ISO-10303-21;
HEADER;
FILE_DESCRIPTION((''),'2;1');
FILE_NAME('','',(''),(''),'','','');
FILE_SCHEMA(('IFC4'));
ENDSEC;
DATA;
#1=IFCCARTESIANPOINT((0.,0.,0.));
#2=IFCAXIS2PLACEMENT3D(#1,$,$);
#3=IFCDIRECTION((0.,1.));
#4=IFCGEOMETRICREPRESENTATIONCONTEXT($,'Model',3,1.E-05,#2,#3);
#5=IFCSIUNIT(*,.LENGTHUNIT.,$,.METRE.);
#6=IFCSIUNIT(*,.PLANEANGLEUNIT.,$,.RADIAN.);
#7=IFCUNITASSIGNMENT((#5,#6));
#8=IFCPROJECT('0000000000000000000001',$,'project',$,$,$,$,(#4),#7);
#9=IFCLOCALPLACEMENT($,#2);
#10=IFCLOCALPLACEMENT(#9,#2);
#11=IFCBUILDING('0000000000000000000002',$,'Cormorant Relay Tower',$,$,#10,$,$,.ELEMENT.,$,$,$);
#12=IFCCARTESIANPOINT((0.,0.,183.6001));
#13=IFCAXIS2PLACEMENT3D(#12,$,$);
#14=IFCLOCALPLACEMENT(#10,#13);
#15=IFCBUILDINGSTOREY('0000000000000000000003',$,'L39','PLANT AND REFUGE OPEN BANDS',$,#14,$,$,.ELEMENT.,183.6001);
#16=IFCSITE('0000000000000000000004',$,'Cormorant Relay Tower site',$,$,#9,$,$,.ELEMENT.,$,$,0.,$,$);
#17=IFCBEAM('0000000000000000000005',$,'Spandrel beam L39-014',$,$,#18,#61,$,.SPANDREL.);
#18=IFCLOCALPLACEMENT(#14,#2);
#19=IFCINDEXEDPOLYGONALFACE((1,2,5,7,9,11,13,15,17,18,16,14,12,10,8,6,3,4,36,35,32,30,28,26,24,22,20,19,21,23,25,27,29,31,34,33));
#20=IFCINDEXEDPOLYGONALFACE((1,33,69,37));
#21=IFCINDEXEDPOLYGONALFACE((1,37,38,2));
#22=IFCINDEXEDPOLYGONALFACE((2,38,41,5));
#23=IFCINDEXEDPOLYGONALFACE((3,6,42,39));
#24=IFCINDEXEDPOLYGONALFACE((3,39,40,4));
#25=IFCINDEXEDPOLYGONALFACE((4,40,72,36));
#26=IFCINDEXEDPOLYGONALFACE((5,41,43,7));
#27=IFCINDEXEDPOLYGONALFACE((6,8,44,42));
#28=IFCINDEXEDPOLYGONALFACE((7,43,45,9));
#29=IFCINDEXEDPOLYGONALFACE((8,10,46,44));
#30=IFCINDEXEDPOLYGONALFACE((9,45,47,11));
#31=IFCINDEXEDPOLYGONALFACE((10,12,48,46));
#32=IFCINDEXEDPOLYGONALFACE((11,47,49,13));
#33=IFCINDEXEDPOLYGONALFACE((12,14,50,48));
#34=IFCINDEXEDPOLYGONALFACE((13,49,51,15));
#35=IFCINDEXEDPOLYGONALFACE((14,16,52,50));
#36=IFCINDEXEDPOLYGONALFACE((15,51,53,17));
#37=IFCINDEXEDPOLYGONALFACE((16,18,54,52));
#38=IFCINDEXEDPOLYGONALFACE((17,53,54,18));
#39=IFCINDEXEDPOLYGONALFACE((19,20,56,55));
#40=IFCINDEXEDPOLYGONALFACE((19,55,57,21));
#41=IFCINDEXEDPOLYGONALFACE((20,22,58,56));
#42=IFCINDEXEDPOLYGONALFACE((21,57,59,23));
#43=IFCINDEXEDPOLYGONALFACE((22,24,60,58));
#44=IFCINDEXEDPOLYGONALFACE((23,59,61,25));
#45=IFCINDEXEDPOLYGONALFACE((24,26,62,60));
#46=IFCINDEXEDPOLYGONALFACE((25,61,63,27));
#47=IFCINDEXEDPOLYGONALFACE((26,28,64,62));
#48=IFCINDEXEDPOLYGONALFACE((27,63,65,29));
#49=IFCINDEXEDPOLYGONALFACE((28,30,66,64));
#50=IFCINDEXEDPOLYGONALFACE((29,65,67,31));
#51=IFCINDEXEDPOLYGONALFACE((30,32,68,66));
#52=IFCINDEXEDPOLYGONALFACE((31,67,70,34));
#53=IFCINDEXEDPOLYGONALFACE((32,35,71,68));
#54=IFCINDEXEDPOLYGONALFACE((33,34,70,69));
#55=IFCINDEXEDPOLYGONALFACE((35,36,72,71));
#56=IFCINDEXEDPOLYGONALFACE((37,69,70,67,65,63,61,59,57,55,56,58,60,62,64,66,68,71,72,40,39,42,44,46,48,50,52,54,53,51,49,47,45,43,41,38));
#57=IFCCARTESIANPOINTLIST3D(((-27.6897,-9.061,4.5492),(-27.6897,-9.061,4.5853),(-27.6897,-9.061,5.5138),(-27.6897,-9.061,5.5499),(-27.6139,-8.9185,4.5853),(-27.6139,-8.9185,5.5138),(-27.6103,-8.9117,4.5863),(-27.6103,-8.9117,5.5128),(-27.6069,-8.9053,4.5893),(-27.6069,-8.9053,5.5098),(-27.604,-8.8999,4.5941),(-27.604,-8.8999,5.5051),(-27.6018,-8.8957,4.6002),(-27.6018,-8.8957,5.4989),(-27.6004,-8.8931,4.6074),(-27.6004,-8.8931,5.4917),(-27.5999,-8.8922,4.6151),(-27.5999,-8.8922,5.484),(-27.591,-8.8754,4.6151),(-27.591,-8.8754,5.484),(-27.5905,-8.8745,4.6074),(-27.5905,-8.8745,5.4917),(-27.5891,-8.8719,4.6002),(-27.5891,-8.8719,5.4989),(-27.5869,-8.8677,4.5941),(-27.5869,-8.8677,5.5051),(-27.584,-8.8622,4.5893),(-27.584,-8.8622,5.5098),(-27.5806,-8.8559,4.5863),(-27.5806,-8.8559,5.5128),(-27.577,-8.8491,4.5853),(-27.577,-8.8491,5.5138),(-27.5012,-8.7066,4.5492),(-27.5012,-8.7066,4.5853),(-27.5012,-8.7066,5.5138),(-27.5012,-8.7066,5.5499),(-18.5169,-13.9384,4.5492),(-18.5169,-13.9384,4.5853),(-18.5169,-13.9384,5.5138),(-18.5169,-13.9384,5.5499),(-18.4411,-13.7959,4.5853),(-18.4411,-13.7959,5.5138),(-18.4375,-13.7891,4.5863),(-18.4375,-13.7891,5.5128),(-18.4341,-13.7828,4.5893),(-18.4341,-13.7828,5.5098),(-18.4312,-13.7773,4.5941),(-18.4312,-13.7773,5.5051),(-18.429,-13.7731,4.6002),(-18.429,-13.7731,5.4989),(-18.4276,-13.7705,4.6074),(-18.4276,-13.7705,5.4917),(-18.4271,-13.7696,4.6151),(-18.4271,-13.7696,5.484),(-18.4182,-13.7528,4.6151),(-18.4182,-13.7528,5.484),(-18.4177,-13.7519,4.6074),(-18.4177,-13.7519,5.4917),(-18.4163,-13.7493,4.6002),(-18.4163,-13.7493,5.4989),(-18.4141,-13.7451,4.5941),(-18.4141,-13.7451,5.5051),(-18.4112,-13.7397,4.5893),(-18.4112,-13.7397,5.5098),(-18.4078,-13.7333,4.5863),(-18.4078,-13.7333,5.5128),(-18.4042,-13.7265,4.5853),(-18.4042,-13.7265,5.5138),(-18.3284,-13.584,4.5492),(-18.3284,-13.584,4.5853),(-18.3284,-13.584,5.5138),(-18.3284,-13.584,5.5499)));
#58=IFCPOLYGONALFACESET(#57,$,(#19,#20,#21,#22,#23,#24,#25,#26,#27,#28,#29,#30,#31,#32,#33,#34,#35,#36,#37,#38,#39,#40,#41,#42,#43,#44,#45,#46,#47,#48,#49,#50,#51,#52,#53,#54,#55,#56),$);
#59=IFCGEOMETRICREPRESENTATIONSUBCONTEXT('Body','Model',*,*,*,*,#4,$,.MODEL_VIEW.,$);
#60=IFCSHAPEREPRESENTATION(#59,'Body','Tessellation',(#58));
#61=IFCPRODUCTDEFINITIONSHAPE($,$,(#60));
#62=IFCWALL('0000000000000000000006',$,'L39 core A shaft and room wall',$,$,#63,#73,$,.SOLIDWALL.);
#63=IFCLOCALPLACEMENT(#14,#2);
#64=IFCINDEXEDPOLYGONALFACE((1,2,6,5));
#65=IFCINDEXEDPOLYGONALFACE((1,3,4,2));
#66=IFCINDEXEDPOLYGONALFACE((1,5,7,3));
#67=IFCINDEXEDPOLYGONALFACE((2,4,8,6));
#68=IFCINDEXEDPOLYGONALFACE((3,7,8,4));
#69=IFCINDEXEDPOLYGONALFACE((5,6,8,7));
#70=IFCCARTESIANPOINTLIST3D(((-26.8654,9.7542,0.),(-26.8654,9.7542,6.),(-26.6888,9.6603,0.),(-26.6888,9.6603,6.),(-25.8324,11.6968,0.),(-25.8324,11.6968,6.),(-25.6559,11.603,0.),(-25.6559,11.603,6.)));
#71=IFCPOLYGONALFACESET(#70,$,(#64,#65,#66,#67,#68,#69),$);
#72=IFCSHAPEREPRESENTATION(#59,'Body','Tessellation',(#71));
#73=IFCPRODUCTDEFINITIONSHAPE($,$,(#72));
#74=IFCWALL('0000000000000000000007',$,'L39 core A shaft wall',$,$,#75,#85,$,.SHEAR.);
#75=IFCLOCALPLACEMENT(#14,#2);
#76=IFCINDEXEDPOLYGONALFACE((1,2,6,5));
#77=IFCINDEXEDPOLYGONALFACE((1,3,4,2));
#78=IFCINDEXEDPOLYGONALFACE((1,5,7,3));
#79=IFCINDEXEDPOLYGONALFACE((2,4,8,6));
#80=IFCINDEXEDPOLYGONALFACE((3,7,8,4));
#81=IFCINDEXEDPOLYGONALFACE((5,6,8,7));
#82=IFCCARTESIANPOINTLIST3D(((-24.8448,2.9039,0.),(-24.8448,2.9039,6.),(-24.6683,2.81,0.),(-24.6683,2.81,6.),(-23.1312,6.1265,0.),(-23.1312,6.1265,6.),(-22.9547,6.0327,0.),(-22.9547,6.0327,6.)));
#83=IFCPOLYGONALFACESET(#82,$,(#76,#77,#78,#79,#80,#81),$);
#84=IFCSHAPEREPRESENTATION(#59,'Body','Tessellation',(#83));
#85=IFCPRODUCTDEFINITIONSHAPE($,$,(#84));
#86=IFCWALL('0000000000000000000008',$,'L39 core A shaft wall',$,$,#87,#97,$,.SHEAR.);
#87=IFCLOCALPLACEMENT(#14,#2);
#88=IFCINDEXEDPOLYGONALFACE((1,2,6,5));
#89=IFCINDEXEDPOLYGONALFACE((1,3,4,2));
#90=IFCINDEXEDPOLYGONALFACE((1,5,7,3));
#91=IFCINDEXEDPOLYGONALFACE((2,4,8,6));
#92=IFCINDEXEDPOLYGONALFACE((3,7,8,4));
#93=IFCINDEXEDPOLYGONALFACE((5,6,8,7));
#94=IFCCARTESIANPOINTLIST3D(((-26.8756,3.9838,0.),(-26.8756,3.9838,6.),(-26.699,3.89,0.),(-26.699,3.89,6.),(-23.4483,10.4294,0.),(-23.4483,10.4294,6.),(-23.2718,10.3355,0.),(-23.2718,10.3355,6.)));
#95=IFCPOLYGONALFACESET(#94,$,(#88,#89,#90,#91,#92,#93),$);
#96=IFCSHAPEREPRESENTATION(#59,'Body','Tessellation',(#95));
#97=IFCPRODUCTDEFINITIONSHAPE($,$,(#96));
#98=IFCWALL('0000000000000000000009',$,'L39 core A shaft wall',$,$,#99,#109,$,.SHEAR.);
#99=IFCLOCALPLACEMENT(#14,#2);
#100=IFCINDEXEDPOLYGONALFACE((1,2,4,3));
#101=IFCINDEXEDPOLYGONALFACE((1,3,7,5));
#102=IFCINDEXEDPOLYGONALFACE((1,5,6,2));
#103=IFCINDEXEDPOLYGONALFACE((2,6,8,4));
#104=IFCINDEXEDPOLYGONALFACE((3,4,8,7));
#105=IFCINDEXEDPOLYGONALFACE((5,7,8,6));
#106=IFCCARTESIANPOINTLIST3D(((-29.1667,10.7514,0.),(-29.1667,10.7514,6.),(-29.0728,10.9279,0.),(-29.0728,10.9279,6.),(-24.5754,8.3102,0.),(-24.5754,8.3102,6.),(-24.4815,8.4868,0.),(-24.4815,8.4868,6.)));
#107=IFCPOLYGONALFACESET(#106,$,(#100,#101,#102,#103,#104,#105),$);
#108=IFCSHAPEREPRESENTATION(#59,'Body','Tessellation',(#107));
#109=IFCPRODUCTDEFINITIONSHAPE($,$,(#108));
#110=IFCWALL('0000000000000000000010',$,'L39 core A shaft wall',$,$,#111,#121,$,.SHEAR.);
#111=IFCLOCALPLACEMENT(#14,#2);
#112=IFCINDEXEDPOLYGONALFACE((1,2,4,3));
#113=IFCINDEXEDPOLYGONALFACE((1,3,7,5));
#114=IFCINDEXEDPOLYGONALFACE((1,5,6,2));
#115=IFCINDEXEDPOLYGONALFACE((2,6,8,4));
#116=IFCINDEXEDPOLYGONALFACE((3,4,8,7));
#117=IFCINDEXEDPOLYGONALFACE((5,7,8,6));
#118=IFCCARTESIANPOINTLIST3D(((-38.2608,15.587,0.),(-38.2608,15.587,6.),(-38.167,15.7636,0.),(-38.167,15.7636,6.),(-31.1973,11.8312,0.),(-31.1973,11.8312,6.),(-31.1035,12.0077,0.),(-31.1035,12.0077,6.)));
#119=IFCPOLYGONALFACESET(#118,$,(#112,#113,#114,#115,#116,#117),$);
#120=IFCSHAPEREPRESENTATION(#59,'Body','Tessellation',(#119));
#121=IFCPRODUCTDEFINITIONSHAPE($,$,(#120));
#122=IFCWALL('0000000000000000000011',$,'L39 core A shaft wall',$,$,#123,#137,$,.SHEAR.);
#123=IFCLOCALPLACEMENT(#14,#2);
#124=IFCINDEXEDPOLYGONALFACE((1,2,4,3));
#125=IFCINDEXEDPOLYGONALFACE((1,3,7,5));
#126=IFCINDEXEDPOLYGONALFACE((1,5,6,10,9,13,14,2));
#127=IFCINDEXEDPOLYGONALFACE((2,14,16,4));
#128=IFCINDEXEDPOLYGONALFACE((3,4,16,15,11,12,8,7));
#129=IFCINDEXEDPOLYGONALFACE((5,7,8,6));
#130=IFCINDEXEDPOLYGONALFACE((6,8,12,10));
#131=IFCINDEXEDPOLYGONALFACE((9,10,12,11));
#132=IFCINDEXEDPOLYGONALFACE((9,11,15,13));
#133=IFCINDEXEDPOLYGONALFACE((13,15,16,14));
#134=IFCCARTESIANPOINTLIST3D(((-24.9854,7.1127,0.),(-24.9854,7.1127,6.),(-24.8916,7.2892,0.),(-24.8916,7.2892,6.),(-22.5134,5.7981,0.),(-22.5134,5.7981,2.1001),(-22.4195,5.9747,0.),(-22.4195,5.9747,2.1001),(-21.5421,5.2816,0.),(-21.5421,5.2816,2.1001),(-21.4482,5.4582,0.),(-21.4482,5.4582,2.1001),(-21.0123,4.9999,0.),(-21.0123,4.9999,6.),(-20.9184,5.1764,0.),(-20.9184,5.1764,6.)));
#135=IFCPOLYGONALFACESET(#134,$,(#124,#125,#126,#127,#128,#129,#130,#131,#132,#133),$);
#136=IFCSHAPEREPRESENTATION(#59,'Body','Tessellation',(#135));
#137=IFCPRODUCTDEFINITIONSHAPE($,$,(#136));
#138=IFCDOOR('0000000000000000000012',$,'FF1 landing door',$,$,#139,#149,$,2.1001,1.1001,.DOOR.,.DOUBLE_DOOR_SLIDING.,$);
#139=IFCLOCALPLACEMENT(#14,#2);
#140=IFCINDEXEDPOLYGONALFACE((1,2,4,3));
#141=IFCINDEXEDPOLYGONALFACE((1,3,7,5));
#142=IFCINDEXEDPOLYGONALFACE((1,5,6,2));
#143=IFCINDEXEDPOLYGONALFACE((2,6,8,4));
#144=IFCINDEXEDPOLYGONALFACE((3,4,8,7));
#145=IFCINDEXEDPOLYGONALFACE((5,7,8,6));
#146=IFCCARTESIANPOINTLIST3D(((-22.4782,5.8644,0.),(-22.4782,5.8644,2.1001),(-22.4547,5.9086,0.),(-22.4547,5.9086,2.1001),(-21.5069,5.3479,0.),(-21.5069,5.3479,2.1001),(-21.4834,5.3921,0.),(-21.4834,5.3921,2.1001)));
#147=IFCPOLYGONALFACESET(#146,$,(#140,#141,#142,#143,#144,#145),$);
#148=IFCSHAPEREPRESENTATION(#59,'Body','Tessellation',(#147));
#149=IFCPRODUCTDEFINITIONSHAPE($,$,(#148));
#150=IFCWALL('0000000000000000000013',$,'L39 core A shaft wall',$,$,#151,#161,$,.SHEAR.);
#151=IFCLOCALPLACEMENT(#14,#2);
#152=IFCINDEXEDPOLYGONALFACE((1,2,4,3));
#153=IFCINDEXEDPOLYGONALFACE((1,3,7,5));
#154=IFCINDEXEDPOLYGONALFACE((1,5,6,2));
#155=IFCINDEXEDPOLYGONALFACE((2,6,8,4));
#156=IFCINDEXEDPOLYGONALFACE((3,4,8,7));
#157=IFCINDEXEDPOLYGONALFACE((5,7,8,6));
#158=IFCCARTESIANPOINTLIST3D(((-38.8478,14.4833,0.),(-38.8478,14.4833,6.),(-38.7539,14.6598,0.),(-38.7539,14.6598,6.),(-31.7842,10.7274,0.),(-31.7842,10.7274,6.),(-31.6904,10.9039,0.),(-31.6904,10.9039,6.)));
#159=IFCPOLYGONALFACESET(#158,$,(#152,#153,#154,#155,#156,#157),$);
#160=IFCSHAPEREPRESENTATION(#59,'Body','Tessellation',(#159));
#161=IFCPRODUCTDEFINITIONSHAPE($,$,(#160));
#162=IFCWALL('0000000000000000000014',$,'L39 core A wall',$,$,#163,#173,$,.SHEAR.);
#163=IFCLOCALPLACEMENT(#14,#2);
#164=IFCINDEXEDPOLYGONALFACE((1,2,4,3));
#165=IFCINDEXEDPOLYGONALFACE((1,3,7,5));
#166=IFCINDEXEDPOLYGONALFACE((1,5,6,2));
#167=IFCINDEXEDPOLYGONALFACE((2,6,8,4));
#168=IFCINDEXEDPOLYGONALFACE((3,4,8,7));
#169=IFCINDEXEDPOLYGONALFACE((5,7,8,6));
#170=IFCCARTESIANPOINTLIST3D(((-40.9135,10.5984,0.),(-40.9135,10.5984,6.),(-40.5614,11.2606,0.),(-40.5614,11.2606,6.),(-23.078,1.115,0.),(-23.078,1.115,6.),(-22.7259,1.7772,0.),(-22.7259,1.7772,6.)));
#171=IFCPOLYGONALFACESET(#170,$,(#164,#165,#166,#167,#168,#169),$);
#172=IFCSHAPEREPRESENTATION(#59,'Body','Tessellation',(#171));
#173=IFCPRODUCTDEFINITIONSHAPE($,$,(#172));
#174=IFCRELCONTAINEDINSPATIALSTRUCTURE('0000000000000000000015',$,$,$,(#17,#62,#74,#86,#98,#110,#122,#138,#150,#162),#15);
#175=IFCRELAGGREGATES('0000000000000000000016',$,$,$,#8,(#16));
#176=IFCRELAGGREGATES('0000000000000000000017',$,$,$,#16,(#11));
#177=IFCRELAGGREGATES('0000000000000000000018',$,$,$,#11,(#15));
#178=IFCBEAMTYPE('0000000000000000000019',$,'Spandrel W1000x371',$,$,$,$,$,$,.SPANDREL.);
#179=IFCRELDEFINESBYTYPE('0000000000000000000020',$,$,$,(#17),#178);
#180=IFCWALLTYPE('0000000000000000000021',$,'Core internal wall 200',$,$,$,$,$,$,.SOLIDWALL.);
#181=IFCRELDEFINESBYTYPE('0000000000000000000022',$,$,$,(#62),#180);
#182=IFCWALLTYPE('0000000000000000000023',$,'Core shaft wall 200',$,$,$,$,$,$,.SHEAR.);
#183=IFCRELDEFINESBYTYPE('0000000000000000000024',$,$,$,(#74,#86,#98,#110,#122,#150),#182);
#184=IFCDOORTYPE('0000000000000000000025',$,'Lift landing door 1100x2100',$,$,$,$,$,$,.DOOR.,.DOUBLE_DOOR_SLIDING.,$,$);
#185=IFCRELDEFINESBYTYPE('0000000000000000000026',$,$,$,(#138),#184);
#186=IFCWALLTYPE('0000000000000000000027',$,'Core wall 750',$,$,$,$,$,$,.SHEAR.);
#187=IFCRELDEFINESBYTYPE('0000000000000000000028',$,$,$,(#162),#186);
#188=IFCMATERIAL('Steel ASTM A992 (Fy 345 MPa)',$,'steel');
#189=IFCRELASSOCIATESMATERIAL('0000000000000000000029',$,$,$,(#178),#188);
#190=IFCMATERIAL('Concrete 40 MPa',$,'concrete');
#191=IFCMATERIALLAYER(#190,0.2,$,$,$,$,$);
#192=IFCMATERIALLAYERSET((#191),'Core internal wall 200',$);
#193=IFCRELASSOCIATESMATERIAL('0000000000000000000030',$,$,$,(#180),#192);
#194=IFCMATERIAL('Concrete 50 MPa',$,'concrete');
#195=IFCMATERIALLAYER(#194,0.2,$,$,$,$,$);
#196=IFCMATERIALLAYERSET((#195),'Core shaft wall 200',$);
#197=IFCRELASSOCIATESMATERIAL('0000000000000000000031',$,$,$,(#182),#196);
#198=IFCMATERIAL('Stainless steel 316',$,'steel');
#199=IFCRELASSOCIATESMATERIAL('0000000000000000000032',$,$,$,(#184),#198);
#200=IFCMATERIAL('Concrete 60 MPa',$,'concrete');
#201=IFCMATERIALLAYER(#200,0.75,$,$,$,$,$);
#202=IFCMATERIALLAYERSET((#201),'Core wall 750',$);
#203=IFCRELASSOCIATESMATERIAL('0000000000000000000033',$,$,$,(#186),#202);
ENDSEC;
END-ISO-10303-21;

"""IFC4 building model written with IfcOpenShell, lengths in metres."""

from ifc_helpers import new_model, si_unit, direction, frame, frame_2d, origin, origin_2d, place, context, subcontext, project, spatial, rectangle, i_section, extrude, material, layer, layer_set, material_profile, profile_set, type_object, element, fill, save


model = new_model("IFC4")

# Units and contexts
model_context = context("Model", 3, precision=1e-05, world=origin(), true_north=direction((0.0, 1.0)))
body_context = subcontext(model_context, "Body", "Model", "MODEL_VIEW")
ifc_project = project(units=[si_unit("LENGTHUNIT", "METRE"), si_unit("PLANEANGLEUNIT", "RADIAN")], contexts=[model_context])

# Site, building, storey
site_placement = place(None, origin())
site = spatial("IfcSite", under=ifc_project, at=site_placement, Name="Cormorant Relay Tower site", CompositionType="ELEMENT", RefElevation=0.0)
building_placement = place(site_placement, origin())
building = spatial("IfcBuilding", under=site, at=building_placement, Name="Cormorant Relay Tower", CompositionType="ELEMENT")
storey_placement = place(building_placement, frame((0.0, 0.0, 183.6001)))
storey = spatial("IfcBuildingStorey", under=building, at=storey_placement, Name="L39", Description="PLANT AND REFUGE OPEN BANDS", CompositionType="ELEMENT", Elevation=183.6001)

# Beam
ifc_material_1 = material(Name="Steel ASTM A992 (Fy 345 MPa)", Category="steel")
ifc_material_profile_1 = material_profile(ifc_material_1, i_section(OverallWidth=0.4014, OverallDepth=1.0007, WebThickness=0.019, FlangeThickness=0.0361, FilletRadius=0.0298, at=origin_2d()), Name="W1000x371")
ifc_profile_set_1 = profile_set([ifc_material_profile_1], Name="Steel ASTM A992 (Fy 345 MPa)")
beam_type = type_object("IfcBeamType", Name="Spandrel W1000x371", PredefinedType="SPANDREL", material=ifc_profile_set_1)
beam_placement = place(storey_placement, frame((-27.5955, -8.8838, 5.0496), z_axis=(0.882942, -0.469483, 0.0), x_axis=(0.469483, 0.882942, 0.0)))
element("IfcBeam", 1, at=beam_placement, inside=storey, type_object=beam_type, Name="Spandrel beam L39-014", PredefinedType="SPANDREL", context=body_context, shape_type="SweptSolid", body=[
    extrude(i_section(OverallWidth=0.4014, OverallDepth=1.0007, WebThickness=0.019, FlangeThickness=0.0361, FilletRadius=0.0298, at=origin_2d()), origin(), (0.0, 0.0, 1.0), 10.3889),
])

# Walls
ifc_material_2 = material(Name="Concrete 40 MPa", Category="concrete")
ifc_layer_1 = layer(ifc_material_2, 0.2)
ifc_layer_set_1 = layer_set([ifc_layer_1], Name="Core internal wall 200")
wall_type_1 = type_object("IfcWallType", Name="Core internal wall 200", PredefinedType="SOLIDWALL", material=ifc_layer_set_1)
wall_1_placement = place(storey_placement, frame((-25.7441, 11.6499, 0.0), z_axis=(0.0, 0.0, 1.0), x_axis=(-0.469488, -0.882939, 0.0)))
element("IfcWall", 2, at=wall_1_placement, inside=storey, type_object=wall_type_1, Name="L39 core A shaft and room wall", PredefinedType="SOLIDWALL", context=body_context, shape_type="SweptSolid", body=[
    extrude(rectangle(XDim=2.2002, YDim=0.2, at=frame_2d((1.1001, 0.0))), origin(), (0.0, 0.0, 1.0), 6.0),
])
ifc_material_3 = material(Name="Concrete 50 MPa", Category="concrete")
ifc_layer_2 = layer(ifc_material_3, 0.2)
ifc_layer_set_2 = layer_set([ifc_layer_2], Name="Core shaft wall 200")
wall_type_2 = type_object("IfcWallType", Name="Core shaft wall 200", PredefinedType="SHEAR", material=ifc_layer_set_2)
wall_2_placement = place(storey_placement, frame((-23.043, 6.0796, 0.0), z_axis=(0.0, 0.0, 1.0), x_axis=(-0.469494, -0.882936, 0.0)))
element("IfcWall", 3, at=wall_2_placement, inside=storey, type_object=wall_type_2, Name="L39 core A shaft wall", PredefinedType="SHEAR", context=body_context, shape_type="SweptSolid", body=[
    extrude(rectangle(XDim=3.6499, YDim=0.2, at=frame_2d((1.825, 0.0))), origin(), (0.0, 0.0, 1.0), 6.0),
])
wall_3_placement = place(storey_placement, frame((-23.3601, 10.3823, 0.0), z_axis=(0.0, 0.0, 1.0), x_axis=(-0.46948, -0.882943, 0.0)))
element("IfcWall", 4, at=wall_3_placement, inside=storey, type_object=wall_type_2, Name="L39 core A shaft wall", PredefinedType="SHEAR", context=body_context, shape_type="SweptSolid", body=[
    extrude(rectangle(XDim=7.3, YDim=0.2, at=frame_2d((3.6499, 0.0))), origin(), (0.0, 0.0, 1.0), 6.0),
])
wall_4_placement = place(storey_placement, frame((-24.5283, 8.3984, 0.0), z_axis=(0.0, 0.0, 1.0), x_axis=(-0.882954, 0.46946, 0.0)))
element("IfcWall", 5, at=wall_4_placement, inside=storey, type_object=wall_type_2, Name="L39 core A shaft wall", PredefinedType="SHEAR", context=body_context, shape_type="SweptSolid", body=[
    extrude(rectangle(XDim=5.2, YDim=0.2, at=frame_2d((2.6001, 0.0))), origin(), (0.0, 0.0, 1.0), 6.0),
])
wall_5_placement = place(storey_placement, frame((-31.1504, 11.9194, 0.0), z_axis=(0.0, 0.0, 1.0), x_axis=(-0.88294, 0.469485, 0.0)))
element("IfcWall", 6, at=wall_5_placement, inside=storey, type_object=wall_type_2, Name="L39 core A shaft wall", PredefinedType="SHEAR", context=body_context, shape_type="SweptSolid", body=[
    extrude(rectangle(XDim=8.0, YDim=0.2, at=frame_2d((4.0, 0.0))), origin(), (0.0, 0.0, 1.0), 6.0),
])

# Wall, opening, door
wall_6_placement = place(storey_placement, frame((-20.9653, 5.0881, 0.0), z_axis=(0.0, 0.0, 1.0), x_axis=(-0.882926, 0.469512, 0.0)))
wall_6 = element("IfcWall", 7, at=wall_6_placement, inside=storey, type_object=wall_type_2, Name="L39 core A shaft wall", PredefinedType="SHEAR", context=body_context, shape_type="SweptSolid", body=[
    extrude(rectangle(XDim=4.5, YDim=0.2, at=frame_2d((2.25, 0.0))), origin(), (0.0, 0.0, 1.0), 6.0),
])
opening_1_placement = place(wall_6_placement, frame((0.6001, 0.0, 0.0)))
opening_1 = element("IfcOpeningElement", 8, at=opening_1_placement, cuts=wall_6, PredefinedType="OPENING", context=body_context, shape_type="SweptSolid", body=[
    extrude(rectangle(XDim=1.1001, YDim=2.1001, at=frame_2d((0.55, 1.05))), frame((0.0, 0.1099, 0.0), z_axis=(0.0, -1.0, 0.0), x_axis=(1.0, 0.0, 0.0)), (0.0, 0.0, 1.0), 0.22),
])
ifc_material_4 = material(Name="Stainless steel 316", Category="steel")
door_type_1 = type_object("IfcDoorType", Name="Lift landing door 1100x2100", OperationType="DOUBLE_DOOR_SLIDING", PredefinedType="DOOR", material=ifc_material_4)
door_1_placement = place(opening_1_placement, origin())
door_1 = element("IfcDoor", 9, at=door_1_placement, inside=storey, type_object=door_type_1, Name="FF1 landing door", OperationType="DOUBLE_DOOR_SLIDING", OverallHeight=2.1001, OverallWidth=1.1001, PredefinedType="DOOR", context=body_context, shape_type="SweptSolid", body=[
    extrude(rectangle(XDim=1.1001, YDim=2.1001, at=frame_2d((0.55, 1.05))), frame((0.0, 0.0249, 0.0), z_axis=(0.0, -1.0, 0.0), x_axis=(1.0, 0.0, 0.0)), (0.0, 0.0, 1.0), 0.05),
])
fill(opening_1, door_1)

# Walls
wall_7_placement = place(storey_placement, frame((-31.7373, 10.8157, 0.0), z_axis=(0.0, 0.0, 1.0), x_axis=(-0.88294, 0.469485, 0.0)))
element("IfcWall", 10, at=wall_7_placement, inside=storey, type_object=wall_type_2, Name="L39 core A shaft wall", PredefinedType="SHEAR", context=body_context, shape_type="SweptSolid", body=[
    extrude(rectangle(XDim=8.0, YDim=0.2, at=frame_2d((4.0, 0.0))), origin(), (0.0, 0.0, 1.0), 6.0),
])
ifc_material_5 = material(Name="Concrete 60 MPa", Category="concrete")
ifc_layer_3 = layer(ifc_material_5, 0.75)
ifc_layer_set_3 = layer_set([ifc_layer_3], Name="Core wall 750")
wall_type_3 = type_object("IfcWallType", Name="Core wall 750", PredefinedType="SHEAR", material=ifc_layer_set_3)
wall_8_placement = place(storey_placement, frame((-22.9019, 1.446, 0.0), z_axis=(0.0, 0.0, 1.0), x_axis=(-0.882945, 0.469476, 0.0)))
element("IfcWall", 11, at=wall_8_placement, inside=storey, type_object=wall_type_3, Name="L39 core A wall", PredefinedType="SHEAR", context=body_context, shape_type="SweptSolid", body=[
    extrude(rectangle(XDim=20.2, YDim=0.75, at=frame_2d((10.1001, 0.0))), origin(), (0.0, 0.0, 1.0), 6.0),
])

save(model, "model.ifc")
